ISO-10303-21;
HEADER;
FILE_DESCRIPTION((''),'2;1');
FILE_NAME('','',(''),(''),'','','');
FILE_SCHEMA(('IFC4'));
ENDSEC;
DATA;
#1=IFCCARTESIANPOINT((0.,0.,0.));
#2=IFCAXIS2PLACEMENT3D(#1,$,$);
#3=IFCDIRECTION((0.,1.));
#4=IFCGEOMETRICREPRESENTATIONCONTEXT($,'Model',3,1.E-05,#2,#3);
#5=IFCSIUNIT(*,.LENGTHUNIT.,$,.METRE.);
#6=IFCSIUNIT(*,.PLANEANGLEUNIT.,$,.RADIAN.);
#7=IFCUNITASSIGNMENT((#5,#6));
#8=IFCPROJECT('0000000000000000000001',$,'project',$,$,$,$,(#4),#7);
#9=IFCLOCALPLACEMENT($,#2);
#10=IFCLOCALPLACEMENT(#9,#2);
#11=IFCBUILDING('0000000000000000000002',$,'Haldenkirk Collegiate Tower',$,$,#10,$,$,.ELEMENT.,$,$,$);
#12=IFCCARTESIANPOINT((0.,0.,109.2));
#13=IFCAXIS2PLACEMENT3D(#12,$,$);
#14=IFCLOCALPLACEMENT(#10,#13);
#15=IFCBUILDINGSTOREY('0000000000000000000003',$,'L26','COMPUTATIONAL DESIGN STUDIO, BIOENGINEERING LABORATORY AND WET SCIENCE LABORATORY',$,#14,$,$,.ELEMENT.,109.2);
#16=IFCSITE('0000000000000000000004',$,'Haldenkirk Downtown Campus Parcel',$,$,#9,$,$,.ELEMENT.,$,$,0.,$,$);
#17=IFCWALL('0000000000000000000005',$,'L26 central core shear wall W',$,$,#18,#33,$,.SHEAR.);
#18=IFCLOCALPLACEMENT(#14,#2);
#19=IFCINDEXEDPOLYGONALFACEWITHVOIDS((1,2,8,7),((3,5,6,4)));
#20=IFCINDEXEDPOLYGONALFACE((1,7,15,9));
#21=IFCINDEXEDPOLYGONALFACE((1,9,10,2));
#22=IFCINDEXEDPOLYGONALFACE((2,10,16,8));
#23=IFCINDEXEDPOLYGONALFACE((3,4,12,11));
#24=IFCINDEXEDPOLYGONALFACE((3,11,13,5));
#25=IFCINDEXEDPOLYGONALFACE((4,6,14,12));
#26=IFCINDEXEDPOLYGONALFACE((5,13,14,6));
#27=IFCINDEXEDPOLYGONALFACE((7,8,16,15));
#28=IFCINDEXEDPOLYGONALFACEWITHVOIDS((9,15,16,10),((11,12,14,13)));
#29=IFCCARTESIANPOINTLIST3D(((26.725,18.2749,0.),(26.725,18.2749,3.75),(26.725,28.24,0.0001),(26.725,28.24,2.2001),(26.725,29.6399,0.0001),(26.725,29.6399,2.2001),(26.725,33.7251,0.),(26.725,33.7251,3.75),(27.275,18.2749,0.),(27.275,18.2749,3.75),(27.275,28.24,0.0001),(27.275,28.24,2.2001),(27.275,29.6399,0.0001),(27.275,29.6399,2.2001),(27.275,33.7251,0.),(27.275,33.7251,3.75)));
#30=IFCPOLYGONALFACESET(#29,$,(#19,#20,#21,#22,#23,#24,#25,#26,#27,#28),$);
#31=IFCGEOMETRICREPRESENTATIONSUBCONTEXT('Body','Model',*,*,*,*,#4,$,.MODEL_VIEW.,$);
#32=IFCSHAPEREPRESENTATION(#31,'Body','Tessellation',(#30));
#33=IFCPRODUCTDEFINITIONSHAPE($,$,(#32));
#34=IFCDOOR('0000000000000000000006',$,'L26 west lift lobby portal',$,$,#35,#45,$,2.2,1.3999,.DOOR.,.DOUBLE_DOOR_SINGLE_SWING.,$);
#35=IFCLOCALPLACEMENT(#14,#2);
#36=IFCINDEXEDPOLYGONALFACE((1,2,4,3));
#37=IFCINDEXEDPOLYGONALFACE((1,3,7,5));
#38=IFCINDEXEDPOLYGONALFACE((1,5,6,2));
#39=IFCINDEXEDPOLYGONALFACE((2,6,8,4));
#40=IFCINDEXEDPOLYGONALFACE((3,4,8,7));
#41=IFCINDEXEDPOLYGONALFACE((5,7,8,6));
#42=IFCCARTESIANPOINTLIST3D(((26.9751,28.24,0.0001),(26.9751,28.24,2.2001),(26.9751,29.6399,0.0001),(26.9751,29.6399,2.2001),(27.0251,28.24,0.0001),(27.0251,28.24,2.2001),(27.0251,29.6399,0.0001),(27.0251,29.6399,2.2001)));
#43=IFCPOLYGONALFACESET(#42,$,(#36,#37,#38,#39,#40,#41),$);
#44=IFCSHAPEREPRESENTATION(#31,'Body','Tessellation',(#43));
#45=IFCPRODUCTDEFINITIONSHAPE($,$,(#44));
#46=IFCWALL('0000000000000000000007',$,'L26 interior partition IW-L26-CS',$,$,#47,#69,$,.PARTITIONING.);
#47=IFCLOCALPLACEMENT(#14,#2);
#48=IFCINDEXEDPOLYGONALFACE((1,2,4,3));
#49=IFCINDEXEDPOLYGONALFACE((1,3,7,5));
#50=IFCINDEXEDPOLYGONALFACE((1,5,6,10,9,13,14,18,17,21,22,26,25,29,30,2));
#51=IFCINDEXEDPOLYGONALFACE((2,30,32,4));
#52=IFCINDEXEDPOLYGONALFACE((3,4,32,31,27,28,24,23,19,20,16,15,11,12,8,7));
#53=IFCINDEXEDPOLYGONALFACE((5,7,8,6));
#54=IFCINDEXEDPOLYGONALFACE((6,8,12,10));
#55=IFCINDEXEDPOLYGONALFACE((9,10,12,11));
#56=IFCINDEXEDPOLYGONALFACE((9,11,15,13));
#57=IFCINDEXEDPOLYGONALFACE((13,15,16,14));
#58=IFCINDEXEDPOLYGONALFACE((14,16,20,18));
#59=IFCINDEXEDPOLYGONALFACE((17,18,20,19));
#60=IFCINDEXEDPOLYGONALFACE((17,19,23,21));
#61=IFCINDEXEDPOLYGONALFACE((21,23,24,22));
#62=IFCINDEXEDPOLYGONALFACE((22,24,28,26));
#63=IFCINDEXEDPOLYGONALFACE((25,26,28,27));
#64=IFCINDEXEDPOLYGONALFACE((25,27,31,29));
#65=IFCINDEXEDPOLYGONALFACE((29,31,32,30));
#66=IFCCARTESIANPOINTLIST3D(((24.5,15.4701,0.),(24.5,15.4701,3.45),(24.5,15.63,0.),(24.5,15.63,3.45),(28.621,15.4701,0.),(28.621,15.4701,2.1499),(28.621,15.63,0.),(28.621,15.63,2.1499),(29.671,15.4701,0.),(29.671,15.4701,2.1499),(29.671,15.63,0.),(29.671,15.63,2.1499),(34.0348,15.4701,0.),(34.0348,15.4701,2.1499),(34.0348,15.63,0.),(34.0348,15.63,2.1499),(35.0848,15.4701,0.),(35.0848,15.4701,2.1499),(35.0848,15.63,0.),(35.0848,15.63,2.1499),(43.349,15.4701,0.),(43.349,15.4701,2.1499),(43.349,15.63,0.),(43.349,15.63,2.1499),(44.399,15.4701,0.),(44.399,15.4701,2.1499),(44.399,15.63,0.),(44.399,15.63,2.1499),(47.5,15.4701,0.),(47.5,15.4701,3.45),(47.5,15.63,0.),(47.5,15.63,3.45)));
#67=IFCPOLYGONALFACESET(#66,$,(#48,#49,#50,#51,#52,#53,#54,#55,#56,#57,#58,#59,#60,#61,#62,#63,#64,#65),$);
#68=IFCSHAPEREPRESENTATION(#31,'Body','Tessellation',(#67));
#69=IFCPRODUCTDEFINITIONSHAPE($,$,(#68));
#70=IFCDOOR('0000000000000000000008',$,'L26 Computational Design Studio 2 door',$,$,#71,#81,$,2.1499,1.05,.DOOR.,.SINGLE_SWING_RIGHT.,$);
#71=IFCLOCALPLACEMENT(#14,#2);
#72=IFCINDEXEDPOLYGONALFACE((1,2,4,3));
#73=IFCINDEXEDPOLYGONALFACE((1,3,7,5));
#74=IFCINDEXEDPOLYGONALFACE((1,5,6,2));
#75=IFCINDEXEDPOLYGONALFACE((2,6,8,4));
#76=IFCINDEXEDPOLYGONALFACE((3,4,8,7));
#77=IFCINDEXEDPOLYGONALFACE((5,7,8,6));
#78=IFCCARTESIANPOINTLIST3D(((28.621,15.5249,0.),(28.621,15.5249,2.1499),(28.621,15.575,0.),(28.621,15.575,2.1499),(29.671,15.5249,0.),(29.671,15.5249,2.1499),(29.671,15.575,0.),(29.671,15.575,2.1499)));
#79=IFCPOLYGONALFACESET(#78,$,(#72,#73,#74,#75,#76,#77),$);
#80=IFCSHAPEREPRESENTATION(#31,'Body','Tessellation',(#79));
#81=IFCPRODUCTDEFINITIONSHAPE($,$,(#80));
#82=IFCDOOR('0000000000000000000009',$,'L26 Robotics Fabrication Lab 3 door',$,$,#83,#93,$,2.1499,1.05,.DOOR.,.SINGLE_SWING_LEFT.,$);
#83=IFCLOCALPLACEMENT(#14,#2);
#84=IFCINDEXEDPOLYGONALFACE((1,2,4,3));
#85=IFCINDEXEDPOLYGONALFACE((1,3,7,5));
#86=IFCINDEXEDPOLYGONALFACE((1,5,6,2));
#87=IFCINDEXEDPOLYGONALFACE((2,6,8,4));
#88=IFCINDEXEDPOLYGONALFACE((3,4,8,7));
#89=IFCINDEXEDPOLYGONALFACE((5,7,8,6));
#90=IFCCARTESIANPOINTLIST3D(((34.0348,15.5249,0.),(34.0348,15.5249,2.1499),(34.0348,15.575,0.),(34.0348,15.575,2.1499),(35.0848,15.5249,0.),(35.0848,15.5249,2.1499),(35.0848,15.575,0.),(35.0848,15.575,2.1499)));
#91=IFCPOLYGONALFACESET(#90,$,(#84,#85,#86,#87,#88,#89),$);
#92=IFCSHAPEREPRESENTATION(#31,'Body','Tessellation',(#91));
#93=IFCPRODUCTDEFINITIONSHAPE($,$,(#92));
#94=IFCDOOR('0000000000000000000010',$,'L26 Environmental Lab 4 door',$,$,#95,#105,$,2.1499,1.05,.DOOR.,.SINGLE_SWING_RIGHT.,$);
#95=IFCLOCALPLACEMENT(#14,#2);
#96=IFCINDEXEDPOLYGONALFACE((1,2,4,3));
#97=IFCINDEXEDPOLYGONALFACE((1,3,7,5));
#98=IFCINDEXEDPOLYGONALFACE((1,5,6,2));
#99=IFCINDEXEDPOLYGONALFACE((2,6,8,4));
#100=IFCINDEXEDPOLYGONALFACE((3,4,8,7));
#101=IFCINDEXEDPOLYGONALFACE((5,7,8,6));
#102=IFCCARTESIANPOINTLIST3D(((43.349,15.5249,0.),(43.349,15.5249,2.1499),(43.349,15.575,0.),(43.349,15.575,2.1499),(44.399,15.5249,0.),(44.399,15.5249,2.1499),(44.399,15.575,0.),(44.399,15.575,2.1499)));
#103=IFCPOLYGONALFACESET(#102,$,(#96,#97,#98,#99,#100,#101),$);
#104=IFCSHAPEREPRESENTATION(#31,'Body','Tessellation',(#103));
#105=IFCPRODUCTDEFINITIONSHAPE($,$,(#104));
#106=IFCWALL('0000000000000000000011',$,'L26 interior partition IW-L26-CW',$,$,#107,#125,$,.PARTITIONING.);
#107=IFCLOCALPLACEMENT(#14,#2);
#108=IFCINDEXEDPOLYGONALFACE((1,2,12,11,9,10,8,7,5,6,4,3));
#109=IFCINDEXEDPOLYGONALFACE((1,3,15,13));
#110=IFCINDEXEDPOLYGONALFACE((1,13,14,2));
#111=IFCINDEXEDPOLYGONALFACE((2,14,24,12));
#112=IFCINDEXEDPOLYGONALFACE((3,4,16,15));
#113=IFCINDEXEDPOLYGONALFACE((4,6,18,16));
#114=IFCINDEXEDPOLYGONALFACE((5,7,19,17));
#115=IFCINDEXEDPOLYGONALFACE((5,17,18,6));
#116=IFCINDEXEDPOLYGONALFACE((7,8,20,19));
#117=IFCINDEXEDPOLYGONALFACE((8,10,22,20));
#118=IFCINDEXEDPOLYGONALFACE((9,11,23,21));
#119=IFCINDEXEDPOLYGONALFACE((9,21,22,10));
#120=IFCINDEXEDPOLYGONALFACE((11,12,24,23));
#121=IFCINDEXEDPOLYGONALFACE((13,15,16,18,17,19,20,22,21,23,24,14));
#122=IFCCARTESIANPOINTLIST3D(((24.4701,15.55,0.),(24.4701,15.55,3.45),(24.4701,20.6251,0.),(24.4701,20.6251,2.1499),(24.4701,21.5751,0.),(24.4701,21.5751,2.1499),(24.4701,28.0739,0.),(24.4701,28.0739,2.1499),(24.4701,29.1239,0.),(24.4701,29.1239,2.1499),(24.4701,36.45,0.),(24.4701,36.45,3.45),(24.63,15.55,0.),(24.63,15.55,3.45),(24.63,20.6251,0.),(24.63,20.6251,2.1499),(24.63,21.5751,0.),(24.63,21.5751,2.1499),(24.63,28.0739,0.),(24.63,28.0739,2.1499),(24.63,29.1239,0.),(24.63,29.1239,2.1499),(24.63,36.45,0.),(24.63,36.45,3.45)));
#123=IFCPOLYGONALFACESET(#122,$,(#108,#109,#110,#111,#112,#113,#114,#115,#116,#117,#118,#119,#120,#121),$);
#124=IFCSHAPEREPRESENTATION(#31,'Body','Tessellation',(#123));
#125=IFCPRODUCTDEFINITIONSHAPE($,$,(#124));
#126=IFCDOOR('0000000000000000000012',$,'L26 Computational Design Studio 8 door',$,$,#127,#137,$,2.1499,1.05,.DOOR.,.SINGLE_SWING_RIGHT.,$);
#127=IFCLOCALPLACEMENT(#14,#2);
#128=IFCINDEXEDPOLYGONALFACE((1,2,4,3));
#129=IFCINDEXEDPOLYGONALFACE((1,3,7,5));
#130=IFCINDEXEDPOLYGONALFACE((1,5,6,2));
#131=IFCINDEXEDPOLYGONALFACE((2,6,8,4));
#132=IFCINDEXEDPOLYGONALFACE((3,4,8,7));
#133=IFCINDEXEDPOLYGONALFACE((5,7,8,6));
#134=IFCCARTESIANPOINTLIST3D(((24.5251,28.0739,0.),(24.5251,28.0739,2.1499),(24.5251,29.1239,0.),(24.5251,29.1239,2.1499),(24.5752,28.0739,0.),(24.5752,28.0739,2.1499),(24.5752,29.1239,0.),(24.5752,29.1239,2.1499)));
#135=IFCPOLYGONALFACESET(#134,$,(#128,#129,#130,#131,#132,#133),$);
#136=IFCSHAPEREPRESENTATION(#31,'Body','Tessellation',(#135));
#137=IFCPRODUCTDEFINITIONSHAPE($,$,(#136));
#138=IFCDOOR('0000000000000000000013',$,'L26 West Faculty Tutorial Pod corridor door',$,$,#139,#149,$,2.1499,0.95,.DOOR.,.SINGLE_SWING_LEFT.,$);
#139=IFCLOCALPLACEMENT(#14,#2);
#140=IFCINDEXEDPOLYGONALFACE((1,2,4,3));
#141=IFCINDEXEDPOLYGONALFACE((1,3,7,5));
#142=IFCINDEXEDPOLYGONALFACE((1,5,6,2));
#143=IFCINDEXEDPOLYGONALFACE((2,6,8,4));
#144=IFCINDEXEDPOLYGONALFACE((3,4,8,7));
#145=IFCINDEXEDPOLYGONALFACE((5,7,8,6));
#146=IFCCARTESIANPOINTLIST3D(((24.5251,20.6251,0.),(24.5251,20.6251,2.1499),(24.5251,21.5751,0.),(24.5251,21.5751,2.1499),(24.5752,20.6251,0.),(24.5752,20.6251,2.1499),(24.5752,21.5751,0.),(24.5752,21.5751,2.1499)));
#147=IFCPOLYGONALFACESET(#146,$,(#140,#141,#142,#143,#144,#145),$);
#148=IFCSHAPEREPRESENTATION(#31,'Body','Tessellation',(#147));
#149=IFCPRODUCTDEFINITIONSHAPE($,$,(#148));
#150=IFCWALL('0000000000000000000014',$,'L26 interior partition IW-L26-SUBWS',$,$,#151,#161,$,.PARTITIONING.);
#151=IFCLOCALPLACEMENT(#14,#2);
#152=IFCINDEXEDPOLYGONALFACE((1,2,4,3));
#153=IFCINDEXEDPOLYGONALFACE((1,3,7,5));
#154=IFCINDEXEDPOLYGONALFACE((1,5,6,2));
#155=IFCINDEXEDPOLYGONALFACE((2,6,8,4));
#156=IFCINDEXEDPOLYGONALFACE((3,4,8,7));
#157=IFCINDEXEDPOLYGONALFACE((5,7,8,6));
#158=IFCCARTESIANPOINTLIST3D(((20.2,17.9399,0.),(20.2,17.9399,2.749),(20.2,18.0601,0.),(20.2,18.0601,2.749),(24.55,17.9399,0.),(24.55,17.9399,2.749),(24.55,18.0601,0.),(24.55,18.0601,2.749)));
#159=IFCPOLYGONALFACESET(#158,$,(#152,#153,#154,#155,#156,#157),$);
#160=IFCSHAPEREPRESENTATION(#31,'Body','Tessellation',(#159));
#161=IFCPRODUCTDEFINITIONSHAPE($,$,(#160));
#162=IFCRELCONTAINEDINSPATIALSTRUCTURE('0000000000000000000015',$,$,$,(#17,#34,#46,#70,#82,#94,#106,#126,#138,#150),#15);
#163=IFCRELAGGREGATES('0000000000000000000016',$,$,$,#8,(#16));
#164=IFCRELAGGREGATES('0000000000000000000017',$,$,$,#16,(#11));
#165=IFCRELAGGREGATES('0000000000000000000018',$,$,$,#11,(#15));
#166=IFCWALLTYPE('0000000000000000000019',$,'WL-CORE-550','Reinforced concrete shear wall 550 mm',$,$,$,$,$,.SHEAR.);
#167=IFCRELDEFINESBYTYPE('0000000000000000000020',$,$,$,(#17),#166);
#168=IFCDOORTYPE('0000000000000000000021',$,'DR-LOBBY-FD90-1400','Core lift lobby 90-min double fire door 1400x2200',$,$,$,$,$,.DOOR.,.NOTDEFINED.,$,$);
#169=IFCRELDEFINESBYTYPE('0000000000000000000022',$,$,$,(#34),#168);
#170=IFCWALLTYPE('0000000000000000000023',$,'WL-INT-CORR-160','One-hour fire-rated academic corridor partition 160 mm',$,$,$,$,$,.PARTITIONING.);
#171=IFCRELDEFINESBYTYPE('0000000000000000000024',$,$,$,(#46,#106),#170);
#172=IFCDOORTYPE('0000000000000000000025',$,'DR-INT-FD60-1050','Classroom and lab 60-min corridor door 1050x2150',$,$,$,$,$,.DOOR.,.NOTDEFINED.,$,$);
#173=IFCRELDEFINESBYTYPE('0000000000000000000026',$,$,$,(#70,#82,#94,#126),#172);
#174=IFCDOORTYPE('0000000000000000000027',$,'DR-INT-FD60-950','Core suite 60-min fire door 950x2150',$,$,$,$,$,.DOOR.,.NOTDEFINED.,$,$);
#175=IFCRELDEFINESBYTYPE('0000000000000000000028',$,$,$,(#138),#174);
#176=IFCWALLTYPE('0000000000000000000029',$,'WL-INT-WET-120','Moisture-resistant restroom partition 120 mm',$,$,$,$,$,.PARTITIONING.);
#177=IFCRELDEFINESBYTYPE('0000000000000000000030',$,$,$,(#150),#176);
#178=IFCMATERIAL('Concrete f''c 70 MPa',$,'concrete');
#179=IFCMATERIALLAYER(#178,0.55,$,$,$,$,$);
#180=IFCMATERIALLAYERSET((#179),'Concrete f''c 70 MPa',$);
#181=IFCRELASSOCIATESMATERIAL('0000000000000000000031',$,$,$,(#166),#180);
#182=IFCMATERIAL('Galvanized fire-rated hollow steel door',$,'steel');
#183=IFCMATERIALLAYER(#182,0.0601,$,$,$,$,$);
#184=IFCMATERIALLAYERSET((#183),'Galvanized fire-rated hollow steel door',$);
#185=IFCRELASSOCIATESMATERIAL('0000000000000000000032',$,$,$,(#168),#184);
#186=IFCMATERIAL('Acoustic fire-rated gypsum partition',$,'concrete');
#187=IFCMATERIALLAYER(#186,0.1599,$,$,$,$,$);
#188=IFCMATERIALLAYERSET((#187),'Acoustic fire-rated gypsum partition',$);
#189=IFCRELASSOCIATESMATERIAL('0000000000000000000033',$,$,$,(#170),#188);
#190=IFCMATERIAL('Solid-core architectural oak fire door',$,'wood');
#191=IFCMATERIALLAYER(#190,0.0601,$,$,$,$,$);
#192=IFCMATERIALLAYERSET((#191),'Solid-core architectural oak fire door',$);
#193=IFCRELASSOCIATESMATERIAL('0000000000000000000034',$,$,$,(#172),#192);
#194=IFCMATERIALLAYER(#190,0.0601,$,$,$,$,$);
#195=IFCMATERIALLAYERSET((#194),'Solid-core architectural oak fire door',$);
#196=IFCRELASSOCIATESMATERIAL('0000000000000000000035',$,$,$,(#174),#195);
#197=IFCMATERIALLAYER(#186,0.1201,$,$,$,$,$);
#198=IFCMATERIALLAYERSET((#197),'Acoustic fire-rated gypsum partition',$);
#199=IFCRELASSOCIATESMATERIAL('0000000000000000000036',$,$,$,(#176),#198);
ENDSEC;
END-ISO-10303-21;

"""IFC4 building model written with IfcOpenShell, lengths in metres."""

from ifc_helpers import new_model, si_unit, direction, frame, frame_2d, origin, place, context, subcontext, project, spatial, rectangle, extrude, material, layer, layer_set, type_object, element, fill, save


model = new_model("IFC4")

# Units and contexts
model_context = context("Model", 3, precision=1e-05, world=origin(), true_north=direction((0.0, 1.0)))
body_context = subcontext(model_context, "Body", "Model", "MODEL_VIEW")
ifc_project = project(units=[si_unit("LENGTHUNIT", "METRE"), si_unit("PLANEANGLEUNIT", "RADIAN")], contexts=[model_context])

# Site, building, storey
site_placement = place(None, origin())
site = spatial("IfcSite", under=ifc_project, at=site_placement, Name="Haldenkirk Downtown Campus Parcel", CompositionType="ELEMENT", RefElevation=0.0)
building_placement = place(site_placement, origin())
building = spatial("IfcBuilding", under=site, at=building_placement, Name="Haldenkirk Collegiate Tower", CompositionType="ELEMENT")
storey_placement = place(building_placement, frame((0.0, 0.0, 109.2)))
storey = spatial("IfcBuildingStorey", under=building, at=storey_placement, Name="L26", Description="COMPUTATIONAL DESIGN STUDIO, BIOENGINEERING LABORATORY AND WET SCIENCE LABORATORY", CompositionType="ELEMENT", Elevation=109.2)

# Shared definitions
ifc_material_1 = material(Name="Concrete f'c 70 MPa", Category="concrete")
ifc_layer_1 = layer(ifc_material_1, 0.55)
ifc_layer_set_1 = layer_set([ifc_layer_1], Name="Concrete f'c 70 MPa")
wall_type_1 = type_object("IfcWallType", Name="WL-CORE-550", Description="Reinforced concrete shear wall 550 mm", PredefinedType="SHEAR", material=ifc_layer_set_1)
ifc_material_2 = material(Name="Galvanized fire-rated hollow steel door", Category="steel")

# Wall, opening, door
wall_1_placement = place(storey_placement, frame((27.0, 18.2749, 0.0), z_axis=(0.0, 0.0, 1.0), x_axis=(0.0, 1.0, 0.0)))
wall_1 = element("IfcWall", 1, at=wall_1_placement, inside=storey, type_object=wall_type_1, Name="L26 central core shear wall W", PredefinedType="SHEAR", context=body_context, shape_type="SweptSolid", body=[
    extrude(rectangle(XDim=15.4502, YDim=0.55, at=frame_2d((7.7251, 0.0))), origin(), (0.0, 0.0, 1.0), 3.75),
])
opening_1_placement = place(wall_1_placement, frame((9.9651, 0.0, 0.0)))
opening_1 = element("IfcOpeningElement", 2, at=opening_1_placement, cuts=wall_1, PredefinedType="OPENING", context=body_context, shape_type="SweptSolid", body=[
    extrude(rectangle(XDim=1.3999, YDim=2.2, at=frame_2d((0.7, 1.1001))), frame((0.0, 0.2849, 0.0), z_axis=(0.0, -1.0, 0.0), x_axis=(1.0, 0.0, 0.0)), (0.0, 0.0, 1.0), 0.5701),
])
ifc_layer_2 = layer(ifc_material_2, 0.0601)
ifc_layer_set_2 = layer_set([ifc_layer_2], Name="Galvanized fire-rated hollow steel door")
door_type_1 = type_object("IfcDoorType", Name="DR-LOBBY-FD90-1400", Description="Core lift lobby 90-min double fire door 1400x2200", OperationType="NOTDEFINED", PredefinedType="DOOR", material=ifc_layer_set_2)
door_1_placement = place(opening_1_placement, origin())
door_1 = element("IfcDoor", 3, at=door_1_placement, inside=storey, type_object=door_type_1, Name="L26 west lift lobby portal", OperationType="DOUBLE_DOOR_SINGLE_SWING", OverallHeight=2.2, OverallWidth=1.3999, PredefinedType="DOOR", context=body_context, shape_type="SweptSolid", body=[
    extrude(rectangle(XDim=1.3999, YDim=2.2, at=frame_2d((0.7, 1.1001))), frame((0.0, 0.0249, 0.0), z_axis=(0.0, -1.0, 0.0), x_axis=(1.0, 0.0, 0.0)), (0.0, 0.0, 1.0), 0.05),
])
fill(opening_1, door_1)

# Walls, openings, doors
ifc_material_3 = material(Name="Acoustic fire-rated gypsum partition", Category="concrete")
ifc_layer_3 = layer(ifc_material_3, 0.1599)
ifc_layer_set_3 = layer_set([ifc_layer_3], Name="Acoustic fire-rated gypsum partition")
wall_type_2 = type_object("IfcWallType", Name="WL-INT-CORR-160", Description="One-hour fire-rated academic corridor partition 160 mm", PredefinedType="PARTITIONING", material=ifc_layer_set_3)
wall_2_placement = place(storey_placement, frame((24.5, 15.55, 0.0), z_axis=(0.0, 0.0, 1.0), x_axis=(1.0, 0.0, 0.0)))
wall_2 = element("IfcWall", 4, at=wall_2_placement, inside=storey, type_object=wall_type_2, Name="L26 interior partition IW-L26-CS", PredefinedType="PARTITIONING", context=body_context, shape_type="SweptSolid", body=[
    extrude(rectangle(XDim=23.0, YDim=0.1599, at=frame_2d((11.5, 0.0))), origin(), (0.0, 0.0, 1.0), 3.45),
])
opening_2_placement = place(wall_2_placement, frame((4.1211, 0.0, 0.0)))
opening_2 = element("IfcOpeningElement", 5, at=opening_2_placement, cuts=wall_2, PredefinedType="OPENING", context=body_context, shape_type="SweptSolid", body=[
    extrude(rectangle(XDim=1.05, YDim=2.1499, at=frame_2d((0.5249, 1.075))), frame((0.0, 0.0898, 0.0), z_axis=(0.0, -1.0, 0.0), x_axis=(1.0, 0.0, 0.0)), (0.0, 0.0, 1.0), 0.1799),
])
opening_3_placement = place(wall_2_placement, frame((9.5349, 0.0, 0.0)))
opening_3 = element("IfcOpeningElement", 6, at=opening_3_placement, cuts=wall_2, PredefinedType="OPENING", context=body_context, shape_type="SweptSolid", body=[
    extrude(rectangle(XDim=1.05, YDim=2.1499, at=frame_2d((0.5249, 1.075))), frame((0.0, 0.0898, 0.0), z_axis=(0.0, -1.0, 0.0), x_axis=(1.0, 0.0, 0.0)), (0.0, 0.0, 1.0), 0.1799),
])
opening_4_placement = place(wall_2_placement, frame((18.8491, 0.0, 0.0)))
opening_4 = element("IfcOpeningElement", 7, at=opening_4_placement, cuts=wall_2, PredefinedType="OPENING", context=body_context, shape_type="SweptSolid", body=[
    extrude(rectangle(XDim=1.05, YDim=2.1499, at=frame_2d((0.5249, 1.075))), frame((0.0, 0.0898, 0.0), z_axis=(0.0, -1.0, 0.0), x_axis=(1.0, 0.0, 0.0)), (0.0, 0.0, 1.0), 0.1799),
])
ifc_material_4 = material(Name="Solid-core architectural oak fire door", Category="wood")
ifc_layer_4 = layer(ifc_material_4, 0.0601)
ifc_layer_set_4 = layer_set([ifc_layer_4], Name="Solid-core architectural oak fire door")
door_type_2 = type_object("IfcDoorType", Name="DR-INT-FD60-1050", Description="Classroom and lab 60-min corridor door 1050x2150", OperationType="NOTDEFINED", PredefinedType="DOOR", material=ifc_layer_set_4)
door_2_placement = place(opening_2_placement, origin())
door_2 = element("IfcDoor", 8, at=door_2_placement, inside=storey, type_object=door_type_2, Name="L26 Computational Design Studio 2 door", OperationType="SINGLE_SWING_RIGHT", OverallHeight=2.1499, OverallWidth=1.05, PredefinedType="DOOR", context=body_context, shape_type="SweptSolid", body=[
    extrude(rectangle(XDim=1.05, YDim=2.1499, at=frame_2d((0.5249, 1.075))), frame((0.0, 0.0249, 0.0), z_axis=(0.0, -1.0, 0.0), x_axis=(1.0, 0.0, 0.0)), (0.0, 0.0, 1.0), 0.05),
])
fill(opening_2, door_2)
door_3_placement = place(opening_3_placement, origin())
door_3 = element("IfcDoor", 9, at=door_3_placement, inside=storey, type_object=door_type_2, Name="L26 Robotics Fabrication Lab 3 door", OperationType="SINGLE_SWING_LEFT", OverallHeight=2.1499, OverallWidth=1.05, PredefinedType="DOOR", context=body_context, shape_type="SweptSolid", body=[
    extrude(rectangle(XDim=1.05, YDim=2.1499, at=frame_2d((0.5249, 1.075))), frame((0.0, 0.0249, 0.0), z_axis=(0.0, -1.0, 0.0), x_axis=(1.0, 0.0, 0.0)), (0.0, 0.0, 1.0), 0.05),
])
fill(opening_3, door_3)
door_4_placement = place(opening_4_placement, origin())
door_4 = element("IfcDoor", 10, at=door_4_placement, inside=storey, type_object=door_type_2, Name="L26 Environmental Lab 4 door", OperationType="SINGLE_SWING_RIGHT", OverallHeight=2.1499, OverallWidth=1.05, PredefinedType="DOOR", context=body_context, shape_type="SweptSolid", body=[
    extrude(rectangle(XDim=1.05, YDim=2.1499, at=frame_2d((0.5249, 1.075))), frame((0.0, 0.0249, 0.0), z_axis=(0.0, -1.0, 0.0), x_axis=(1.0, 0.0, 0.0)), (0.0, 0.0, 1.0), 0.05),
])
fill(opening_4, door_4)
wall_3_placement = place(storey_placement, frame((24.55, 15.55, 0.0), z_axis=(0.0, 0.0, 1.0), x_axis=(0.0, 1.0, 0.0)))
wall_3 = element("IfcWall", 11, at=wall_3_placement, inside=storey, type_object=wall_type_2, Name="L26 interior partition IW-L26-CW", PredefinedType="PARTITIONING", context=body_context, shape_type="SweptSolid", body=[
    extrude(rectangle(XDim=20.8999, YDim=0.1599, at=frame_2d((10.45, 0.0))), origin(), (0.0, 0.0, 1.0), 3.45),
])
opening_5_placement = place(wall_3_placement, frame((5.075, 0.0, 0.0)))
opening_5 = element("IfcOpeningElement", 12, at=opening_5_placement, cuts=wall_3, PredefinedType="OPENING", context=body_context, shape_type="SweptSolid", body=[
    extrude(rectangle(XDim=0.95, YDim=2.1499, at=frame_2d((0.4751, 1.075))), frame((0.0, 0.0898, 0.0), z_axis=(0.0, -1.0, 0.0), x_axis=(1.0, 0.0, 0.0)), (0.0, 0.0, 1.0), 0.1799),
])
opening_6_placement = place(wall_3_placement, frame((12.5239, 0.0, 0.0)))
opening_6 = element("IfcOpeningElement", 13, at=opening_6_placement, cuts=wall_3, PredefinedType="OPENING", context=body_context, shape_type="SweptSolid", body=[
    extrude(rectangle(XDim=1.05, YDim=2.1499, at=frame_2d((0.5249, 1.075))), frame((0.0, 0.0898, 0.0), z_axis=(0.0, -1.0, 0.0), x_axis=(1.0, 0.0, 0.0)), (0.0, 0.0, 1.0), 0.1799),
])
door_5_placement = place(opening_6_placement, origin())
door_5 = element("IfcDoor", 14, at=door_5_placement, inside=storey, type_object=door_type_2, Name="L26 Computational Design Studio 8 door", OperationType="SINGLE_SWING_RIGHT", OverallHeight=2.1499, OverallWidth=1.05, PredefinedType="DOOR", context=body_context, shape_type="SweptSolid", body=[
    extrude(rectangle(XDim=1.05, YDim=2.1499, at=frame_2d((0.5249, 1.075))), frame((0.0, 0.0249, 0.0), z_axis=(0.0, -1.0, 0.0), x_axis=(1.0, 0.0, 0.0)), (0.0, 0.0, 1.0), 0.05),
])
fill(opening_6, door_5)
ifc_layer_5 = layer(ifc_material_4, 0.0601)
ifc_layer_set_5 = layer_set([ifc_layer_5], Name="Solid-core architectural oak fire door")
door_type_3 = type_object("IfcDoorType", Name="DR-INT-FD60-950", Description="Core suite 60-min fire door 950x2150", OperationType="NOTDEFINED", PredefinedType="DOOR", material=ifc_layer_set_5)
door_6_placement = place(opening_5_placement, origin())
door_6 = element("IfcDoor", 15, at=door_6_placement, inside=storey, type_object=door_type_3, Name="L26 West Faculty Tutorial Pod corridor door", OperationType="SINGLE_SWING_LEFT", OverallHeight=2.1499, OverallWidth=0.95, PredefinedType="DOOR", context=body_context, shape_type="SweptSolid", body=[
    extrude(rectangle(XDim=0.95, YDim=2.1499, at=frame_2d((0.4751, 1.075))), frame((0.0, 0.0249, 0.0), z_axis=(0.0, -1.0, 0.0), x_axis=(1.0, 0.0, 0.0)), (0.0, 0.0, 1.0), 0.05),
])
fill(opening_5, door_6)

# Wall
ifc_layer_6 = layer(ifc_material_3, 0.1201)
ifc_layer_set_6 = layer_set([ifc_layer_6], Name="Acoustic fire-rated gypsum partition")
wall_type_3 = type_object("IfcWallType", Name="WL-INT-WET-120", Description="Moisture-resistant restroom partition 120 mm", PredefinedType="PARTITIONING", material=ifc_layer_set_6)
wall_4_placement = place(storey_placement, frame((20.2, 18.0, 0.0), z_axis=(0.0, 0.0, 1.0), x_axis=(1.0, 0.0, 0.0)))
element("IfcWall", 16, at=wall_4_placement, inside=storey, type_object=wall_type_3, Name="L26 interior partition IW-L26-SUBWS", PredefinedType="PARTITIONING", context=body_context, shape_type="SweptSolid", body=[
    extrude(rectangle(XDim=4.3501, YDim=0.1201, at=frame_2d((2.175, 0.0))), origin(), (0.0, 0.0, 1.0), 2.749),
])

save(model, "model.ifc")
